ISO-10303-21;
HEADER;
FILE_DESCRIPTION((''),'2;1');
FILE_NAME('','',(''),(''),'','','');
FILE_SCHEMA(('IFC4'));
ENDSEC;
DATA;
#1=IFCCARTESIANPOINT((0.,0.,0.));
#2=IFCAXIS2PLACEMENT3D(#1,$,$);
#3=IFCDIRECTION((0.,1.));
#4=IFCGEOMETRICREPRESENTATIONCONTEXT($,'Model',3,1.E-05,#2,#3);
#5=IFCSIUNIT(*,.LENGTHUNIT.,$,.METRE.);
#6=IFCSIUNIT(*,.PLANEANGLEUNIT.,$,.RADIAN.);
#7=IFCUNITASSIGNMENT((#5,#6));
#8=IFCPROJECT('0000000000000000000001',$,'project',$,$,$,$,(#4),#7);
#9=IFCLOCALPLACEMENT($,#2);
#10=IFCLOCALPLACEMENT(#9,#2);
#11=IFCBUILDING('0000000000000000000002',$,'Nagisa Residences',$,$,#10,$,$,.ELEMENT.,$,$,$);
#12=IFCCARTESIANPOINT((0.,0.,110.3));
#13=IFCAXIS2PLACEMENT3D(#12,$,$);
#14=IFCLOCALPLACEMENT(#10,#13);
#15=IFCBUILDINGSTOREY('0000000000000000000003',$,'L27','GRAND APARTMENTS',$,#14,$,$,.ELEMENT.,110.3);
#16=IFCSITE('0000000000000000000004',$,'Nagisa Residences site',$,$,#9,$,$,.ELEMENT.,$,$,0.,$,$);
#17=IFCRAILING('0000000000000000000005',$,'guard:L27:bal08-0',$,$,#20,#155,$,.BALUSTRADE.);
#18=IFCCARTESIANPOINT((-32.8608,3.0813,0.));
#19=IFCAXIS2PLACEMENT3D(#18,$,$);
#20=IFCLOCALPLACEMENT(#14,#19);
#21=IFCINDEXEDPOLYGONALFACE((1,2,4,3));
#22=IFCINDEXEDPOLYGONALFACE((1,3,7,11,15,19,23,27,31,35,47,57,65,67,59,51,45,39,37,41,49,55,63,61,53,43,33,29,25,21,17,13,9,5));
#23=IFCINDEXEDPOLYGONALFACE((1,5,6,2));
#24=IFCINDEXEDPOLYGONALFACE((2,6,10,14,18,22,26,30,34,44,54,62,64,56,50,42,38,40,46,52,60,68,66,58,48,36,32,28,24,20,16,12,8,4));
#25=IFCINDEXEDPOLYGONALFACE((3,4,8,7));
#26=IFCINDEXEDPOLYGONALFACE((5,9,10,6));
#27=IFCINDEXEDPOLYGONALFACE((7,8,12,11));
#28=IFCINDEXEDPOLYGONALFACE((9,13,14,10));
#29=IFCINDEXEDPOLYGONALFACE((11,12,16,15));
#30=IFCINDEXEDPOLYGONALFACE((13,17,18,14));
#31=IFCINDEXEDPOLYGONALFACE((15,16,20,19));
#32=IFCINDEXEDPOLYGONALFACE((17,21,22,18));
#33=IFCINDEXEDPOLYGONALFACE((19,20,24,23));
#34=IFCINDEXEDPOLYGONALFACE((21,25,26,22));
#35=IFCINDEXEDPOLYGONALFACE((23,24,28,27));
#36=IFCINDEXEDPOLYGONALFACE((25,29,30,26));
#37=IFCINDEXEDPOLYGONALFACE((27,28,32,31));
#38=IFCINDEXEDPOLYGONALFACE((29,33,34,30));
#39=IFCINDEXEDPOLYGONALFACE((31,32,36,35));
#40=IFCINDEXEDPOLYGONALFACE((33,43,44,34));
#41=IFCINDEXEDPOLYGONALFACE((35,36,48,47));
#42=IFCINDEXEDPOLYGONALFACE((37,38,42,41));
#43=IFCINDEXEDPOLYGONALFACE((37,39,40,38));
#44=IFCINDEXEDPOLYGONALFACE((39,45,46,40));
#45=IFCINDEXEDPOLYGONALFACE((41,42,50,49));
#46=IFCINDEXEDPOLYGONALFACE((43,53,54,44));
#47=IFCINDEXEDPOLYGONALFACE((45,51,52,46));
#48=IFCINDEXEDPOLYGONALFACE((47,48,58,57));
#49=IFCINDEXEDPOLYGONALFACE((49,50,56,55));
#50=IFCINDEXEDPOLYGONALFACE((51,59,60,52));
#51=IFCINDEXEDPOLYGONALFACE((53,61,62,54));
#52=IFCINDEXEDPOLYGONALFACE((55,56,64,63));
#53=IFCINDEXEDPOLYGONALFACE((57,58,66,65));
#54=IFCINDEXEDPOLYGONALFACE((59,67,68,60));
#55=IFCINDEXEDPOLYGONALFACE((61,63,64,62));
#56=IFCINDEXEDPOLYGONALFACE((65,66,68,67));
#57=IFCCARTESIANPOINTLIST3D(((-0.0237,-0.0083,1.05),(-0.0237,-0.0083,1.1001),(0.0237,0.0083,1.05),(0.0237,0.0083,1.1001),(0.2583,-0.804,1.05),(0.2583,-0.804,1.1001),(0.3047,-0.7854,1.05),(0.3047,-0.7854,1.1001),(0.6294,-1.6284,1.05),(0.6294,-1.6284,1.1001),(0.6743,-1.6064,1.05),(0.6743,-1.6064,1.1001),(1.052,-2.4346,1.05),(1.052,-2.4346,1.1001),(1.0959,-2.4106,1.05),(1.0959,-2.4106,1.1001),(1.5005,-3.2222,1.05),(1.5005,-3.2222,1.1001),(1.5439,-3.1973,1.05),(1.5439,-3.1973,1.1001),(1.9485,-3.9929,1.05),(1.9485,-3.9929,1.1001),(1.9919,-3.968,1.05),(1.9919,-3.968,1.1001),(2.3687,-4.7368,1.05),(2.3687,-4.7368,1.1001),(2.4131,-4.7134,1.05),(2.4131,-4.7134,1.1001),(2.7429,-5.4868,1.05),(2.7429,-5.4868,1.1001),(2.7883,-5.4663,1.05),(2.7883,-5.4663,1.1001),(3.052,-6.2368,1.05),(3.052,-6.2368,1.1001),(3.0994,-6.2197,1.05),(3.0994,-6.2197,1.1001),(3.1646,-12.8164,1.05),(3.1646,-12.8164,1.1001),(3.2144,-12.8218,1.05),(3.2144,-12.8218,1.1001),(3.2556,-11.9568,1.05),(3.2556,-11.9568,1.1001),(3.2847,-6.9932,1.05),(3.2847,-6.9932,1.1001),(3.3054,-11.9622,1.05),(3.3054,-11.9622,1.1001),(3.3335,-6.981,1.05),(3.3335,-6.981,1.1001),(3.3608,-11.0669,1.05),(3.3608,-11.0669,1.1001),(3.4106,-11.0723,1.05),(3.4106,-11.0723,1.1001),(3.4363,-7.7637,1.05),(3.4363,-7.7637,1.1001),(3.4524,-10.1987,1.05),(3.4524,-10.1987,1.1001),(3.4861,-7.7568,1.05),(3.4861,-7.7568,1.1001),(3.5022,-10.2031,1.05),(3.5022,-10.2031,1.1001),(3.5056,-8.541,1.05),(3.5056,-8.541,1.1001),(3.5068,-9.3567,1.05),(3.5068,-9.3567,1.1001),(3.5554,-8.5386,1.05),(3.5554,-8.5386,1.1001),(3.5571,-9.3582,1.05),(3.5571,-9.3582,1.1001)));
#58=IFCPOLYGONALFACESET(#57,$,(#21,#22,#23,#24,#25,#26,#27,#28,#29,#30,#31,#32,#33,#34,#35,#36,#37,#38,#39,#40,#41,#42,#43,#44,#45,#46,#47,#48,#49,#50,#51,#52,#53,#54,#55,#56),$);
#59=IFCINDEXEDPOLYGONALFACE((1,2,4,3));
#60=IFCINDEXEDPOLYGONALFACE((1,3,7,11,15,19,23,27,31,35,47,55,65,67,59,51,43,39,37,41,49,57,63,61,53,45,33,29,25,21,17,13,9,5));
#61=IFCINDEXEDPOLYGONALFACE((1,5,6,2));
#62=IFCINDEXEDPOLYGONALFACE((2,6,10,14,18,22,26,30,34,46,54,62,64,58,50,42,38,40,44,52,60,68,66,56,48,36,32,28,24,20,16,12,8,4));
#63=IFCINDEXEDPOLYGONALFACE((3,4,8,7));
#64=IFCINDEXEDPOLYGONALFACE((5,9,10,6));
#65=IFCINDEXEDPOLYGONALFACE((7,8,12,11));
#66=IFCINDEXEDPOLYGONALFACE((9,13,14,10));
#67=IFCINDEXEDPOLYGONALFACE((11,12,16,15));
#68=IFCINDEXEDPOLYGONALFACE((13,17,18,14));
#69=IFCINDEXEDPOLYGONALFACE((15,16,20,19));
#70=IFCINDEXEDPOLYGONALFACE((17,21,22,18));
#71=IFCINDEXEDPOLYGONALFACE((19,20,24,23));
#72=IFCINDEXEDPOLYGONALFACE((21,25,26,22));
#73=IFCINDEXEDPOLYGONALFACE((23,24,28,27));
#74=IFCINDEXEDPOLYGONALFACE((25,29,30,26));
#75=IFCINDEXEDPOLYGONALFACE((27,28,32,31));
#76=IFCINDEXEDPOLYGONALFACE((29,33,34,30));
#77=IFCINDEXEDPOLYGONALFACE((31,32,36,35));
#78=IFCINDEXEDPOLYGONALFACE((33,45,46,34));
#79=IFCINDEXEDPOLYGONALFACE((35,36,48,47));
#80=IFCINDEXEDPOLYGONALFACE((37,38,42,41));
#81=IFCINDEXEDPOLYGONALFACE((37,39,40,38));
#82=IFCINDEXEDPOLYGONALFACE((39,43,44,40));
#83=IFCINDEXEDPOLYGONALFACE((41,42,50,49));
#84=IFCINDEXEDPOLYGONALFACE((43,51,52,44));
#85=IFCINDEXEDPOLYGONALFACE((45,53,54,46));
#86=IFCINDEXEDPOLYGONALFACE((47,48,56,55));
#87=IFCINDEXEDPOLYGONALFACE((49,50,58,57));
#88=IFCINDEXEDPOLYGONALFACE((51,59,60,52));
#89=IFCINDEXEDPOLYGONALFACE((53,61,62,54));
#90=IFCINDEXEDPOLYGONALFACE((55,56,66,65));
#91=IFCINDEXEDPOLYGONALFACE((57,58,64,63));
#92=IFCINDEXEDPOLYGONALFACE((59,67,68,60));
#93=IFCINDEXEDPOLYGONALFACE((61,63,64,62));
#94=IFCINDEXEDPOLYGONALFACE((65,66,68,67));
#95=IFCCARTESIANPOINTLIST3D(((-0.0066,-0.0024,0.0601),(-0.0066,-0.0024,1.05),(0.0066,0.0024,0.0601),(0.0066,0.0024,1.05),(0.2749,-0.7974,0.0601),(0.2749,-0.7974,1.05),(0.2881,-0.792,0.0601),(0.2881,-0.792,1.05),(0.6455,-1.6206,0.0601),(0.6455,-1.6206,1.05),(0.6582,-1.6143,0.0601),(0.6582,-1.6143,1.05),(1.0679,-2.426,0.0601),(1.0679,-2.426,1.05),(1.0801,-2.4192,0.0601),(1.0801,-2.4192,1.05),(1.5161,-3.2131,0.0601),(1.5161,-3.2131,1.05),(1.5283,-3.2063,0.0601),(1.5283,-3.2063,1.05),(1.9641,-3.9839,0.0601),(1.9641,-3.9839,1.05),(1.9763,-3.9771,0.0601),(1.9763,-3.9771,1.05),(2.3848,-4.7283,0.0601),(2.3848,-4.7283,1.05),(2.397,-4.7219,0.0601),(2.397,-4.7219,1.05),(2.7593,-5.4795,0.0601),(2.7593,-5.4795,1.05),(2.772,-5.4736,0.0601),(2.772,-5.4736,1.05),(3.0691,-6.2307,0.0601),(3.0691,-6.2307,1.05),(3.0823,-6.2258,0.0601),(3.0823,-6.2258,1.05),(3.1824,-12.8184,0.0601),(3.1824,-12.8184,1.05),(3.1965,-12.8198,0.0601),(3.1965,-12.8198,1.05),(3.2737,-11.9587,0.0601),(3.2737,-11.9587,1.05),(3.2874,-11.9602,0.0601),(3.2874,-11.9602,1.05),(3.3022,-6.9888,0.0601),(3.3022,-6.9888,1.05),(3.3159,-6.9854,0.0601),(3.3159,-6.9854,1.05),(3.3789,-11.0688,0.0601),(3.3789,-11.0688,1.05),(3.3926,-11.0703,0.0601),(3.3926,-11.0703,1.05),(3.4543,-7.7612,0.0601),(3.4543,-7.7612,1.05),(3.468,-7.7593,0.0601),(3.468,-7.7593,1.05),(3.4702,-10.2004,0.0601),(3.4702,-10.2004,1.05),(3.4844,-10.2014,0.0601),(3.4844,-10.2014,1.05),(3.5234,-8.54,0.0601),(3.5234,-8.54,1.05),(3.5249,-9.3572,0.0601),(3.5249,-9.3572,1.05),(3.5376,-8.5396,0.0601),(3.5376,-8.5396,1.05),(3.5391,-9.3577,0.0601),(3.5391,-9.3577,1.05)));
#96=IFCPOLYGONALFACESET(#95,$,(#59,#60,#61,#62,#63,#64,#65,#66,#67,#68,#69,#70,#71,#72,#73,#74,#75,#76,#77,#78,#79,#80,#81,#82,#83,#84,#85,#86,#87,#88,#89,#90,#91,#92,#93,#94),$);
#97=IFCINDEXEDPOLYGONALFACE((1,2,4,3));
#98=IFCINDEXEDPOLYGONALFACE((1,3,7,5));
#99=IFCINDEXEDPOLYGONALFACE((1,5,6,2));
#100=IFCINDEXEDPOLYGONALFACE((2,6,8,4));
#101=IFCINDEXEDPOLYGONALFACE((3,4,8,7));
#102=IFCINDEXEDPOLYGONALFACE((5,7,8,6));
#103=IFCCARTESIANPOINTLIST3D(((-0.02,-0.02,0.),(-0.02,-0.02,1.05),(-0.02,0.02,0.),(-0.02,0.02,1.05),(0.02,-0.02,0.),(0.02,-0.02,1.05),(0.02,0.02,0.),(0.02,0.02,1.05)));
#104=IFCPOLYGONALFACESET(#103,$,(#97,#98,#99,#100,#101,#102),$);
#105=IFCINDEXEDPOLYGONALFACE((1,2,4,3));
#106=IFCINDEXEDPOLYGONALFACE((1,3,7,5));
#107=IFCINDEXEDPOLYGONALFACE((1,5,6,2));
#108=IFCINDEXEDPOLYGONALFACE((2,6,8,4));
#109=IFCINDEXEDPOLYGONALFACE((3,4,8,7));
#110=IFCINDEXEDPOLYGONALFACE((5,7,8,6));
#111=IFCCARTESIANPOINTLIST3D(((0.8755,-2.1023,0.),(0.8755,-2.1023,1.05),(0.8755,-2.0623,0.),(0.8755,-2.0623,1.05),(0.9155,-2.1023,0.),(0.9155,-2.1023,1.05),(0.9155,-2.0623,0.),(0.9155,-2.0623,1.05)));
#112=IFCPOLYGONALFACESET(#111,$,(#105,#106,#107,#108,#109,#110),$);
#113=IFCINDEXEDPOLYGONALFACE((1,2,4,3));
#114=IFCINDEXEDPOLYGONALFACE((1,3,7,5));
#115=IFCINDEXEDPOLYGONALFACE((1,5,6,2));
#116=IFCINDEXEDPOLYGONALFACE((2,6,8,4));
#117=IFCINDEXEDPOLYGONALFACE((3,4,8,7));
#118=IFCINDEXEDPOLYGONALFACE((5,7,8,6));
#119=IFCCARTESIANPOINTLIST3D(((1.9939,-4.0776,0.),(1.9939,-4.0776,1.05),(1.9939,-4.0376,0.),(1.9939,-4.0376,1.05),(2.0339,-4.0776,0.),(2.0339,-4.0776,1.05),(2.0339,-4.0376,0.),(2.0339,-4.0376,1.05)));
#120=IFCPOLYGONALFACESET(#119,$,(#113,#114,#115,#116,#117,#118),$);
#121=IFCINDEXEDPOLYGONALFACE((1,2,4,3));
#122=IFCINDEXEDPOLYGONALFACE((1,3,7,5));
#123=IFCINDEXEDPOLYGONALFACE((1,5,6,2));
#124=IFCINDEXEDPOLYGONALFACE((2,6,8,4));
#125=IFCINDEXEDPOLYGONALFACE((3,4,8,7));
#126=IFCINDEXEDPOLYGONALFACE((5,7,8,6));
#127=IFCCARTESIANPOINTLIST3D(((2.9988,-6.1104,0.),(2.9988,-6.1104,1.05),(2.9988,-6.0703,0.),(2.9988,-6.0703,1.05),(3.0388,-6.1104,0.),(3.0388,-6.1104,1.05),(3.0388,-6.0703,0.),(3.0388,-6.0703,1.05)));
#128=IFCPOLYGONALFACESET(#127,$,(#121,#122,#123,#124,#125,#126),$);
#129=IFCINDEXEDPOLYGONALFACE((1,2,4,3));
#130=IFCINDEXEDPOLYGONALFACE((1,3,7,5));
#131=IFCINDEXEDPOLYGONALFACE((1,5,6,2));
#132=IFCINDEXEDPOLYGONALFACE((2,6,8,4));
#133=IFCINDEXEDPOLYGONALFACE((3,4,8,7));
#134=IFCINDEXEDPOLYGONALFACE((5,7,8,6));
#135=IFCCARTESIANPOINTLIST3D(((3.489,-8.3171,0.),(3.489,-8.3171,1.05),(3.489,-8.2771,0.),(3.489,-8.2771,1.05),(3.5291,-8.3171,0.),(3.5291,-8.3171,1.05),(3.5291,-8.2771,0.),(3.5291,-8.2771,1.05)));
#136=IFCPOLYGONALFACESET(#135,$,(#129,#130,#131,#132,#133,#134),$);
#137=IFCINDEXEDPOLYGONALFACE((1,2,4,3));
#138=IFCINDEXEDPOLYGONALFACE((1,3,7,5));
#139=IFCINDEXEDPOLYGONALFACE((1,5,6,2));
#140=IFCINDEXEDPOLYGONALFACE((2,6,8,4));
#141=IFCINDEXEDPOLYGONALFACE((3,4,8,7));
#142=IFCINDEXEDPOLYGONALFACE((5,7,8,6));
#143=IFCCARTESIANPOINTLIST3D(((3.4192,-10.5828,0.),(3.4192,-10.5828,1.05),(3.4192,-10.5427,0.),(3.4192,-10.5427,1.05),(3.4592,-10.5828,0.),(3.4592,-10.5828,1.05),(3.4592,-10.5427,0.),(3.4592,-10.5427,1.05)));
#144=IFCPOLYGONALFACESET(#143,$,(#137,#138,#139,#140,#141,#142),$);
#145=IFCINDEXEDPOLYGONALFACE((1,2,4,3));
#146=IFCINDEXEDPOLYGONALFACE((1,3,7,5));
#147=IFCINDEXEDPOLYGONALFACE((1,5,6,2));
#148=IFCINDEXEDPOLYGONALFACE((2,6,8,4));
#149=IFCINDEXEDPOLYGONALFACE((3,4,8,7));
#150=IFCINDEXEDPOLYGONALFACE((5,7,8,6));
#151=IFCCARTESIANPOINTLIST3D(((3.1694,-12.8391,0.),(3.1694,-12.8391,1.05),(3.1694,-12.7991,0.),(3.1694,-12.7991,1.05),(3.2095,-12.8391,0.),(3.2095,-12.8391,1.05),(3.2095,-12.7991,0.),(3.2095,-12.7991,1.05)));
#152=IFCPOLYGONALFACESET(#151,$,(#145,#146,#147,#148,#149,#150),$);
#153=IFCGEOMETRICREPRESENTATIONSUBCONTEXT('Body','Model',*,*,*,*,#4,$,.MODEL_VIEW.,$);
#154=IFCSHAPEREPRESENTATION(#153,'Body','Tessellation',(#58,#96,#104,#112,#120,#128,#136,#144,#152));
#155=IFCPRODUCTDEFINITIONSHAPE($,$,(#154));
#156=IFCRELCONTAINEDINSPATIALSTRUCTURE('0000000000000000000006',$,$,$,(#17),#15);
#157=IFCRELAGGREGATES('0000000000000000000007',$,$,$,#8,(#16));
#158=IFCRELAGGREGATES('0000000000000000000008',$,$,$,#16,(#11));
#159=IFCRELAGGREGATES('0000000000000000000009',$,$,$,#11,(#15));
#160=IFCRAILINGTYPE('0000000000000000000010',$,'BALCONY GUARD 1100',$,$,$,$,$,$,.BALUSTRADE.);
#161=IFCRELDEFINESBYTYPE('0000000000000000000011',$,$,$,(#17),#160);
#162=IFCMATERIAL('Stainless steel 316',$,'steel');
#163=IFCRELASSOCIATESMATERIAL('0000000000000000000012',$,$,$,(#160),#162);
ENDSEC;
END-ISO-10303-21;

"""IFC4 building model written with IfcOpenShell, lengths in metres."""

from ifc_helpers import new_model, si_unit, direction, frame, origin, origin_2d, place, context, subcontext, project, spatial, polyline, rectangle, outline, extrude, material, type_object, element, save


model = new_model("IFC4")

# Units and contexts
model_context = context("Model", 3, precision=1e-05, world=origin(), true_north=direction((0.0, 1.0)))
body_context = subcontext(model_context, "Body", "Model", "MODEL_VIEW")
ifc_project = project(units=[si_unit("LENGTHUNIT", "METRE"), si_unit("PLANEANGLEUNIT", "RADIAN")], contexts=[model_context])

# Site, building, storey
site_placement = place(None, origin())
site = spatial("IfcSite", under=ifc_project, at=site_placement, Name="Nagisa Residences site", CompositionType="ELEMENT", RefElevation=0.0)
building_placement = place(site_placement, origin())
building = spatial("IfcBuilding", under=site, at=building_placement, Name="Nagisa Residences", CompositionType="ELEMENT")
storey_placement = place(building_placement, frame((0.0, 0.0, 110.3)))
storey = spatial("IfcBuildingStorey", under=building, at=storey_placement, Name="L27", Description="GRAND APARTMENTS", CompositionType="ELEMENT", Elevation=110.3)

# Railing
ifc_material_1 = material(Name="Stainless steel 316", Category="steel")
railing_type = type_object("IfcRailingType", Name="BALCONY GUARD 1100", PredefinedType="BALUSTRADE", material=ifc_material_1)
railing_1_placement = place(storey_placement, frame((-32.8608, 3.0813, 0.0)))
element("IfcRailing", 1, at=railing_1_placement, inside=storey, type_object=railing_type, Name="guard:L27:bal08-0", PredefinedType="BALUSTRADE", context=body_context, shape_type="SweptSolid", body=[
    extrude(outline(polyline([(0.3047, -0.7854), (0.0237, 0.0083), (-0.0237, -0.0083), (0.2583, -0.804), (0.6294, -1.6284), (1.052, -2.4346), (1.5005, -3.2222), (1.9485, -3.9929), (2.3687, -4.7368), (2.7429, -5.4868), (3.052, -6.2368), (3.2847, -6.9932), (3.4363, -7.7637), (3.5056, -8.541), (3.5068, -9.3567), (3.4524, -10.1987), (3.3608, -11.0669), (3.2556, -11.9568), (3.1646, -12.8164), (3.2144, -12.8218), (3.3054, -11.9622), (3.4106, -11.0723), (3.5022, -10.2031), (3.5571, -9.3582), (3.5554, -8.5386), (3.4861, -7.7568), (3.3335, -6.981), (3.0994, -6.2197), (2.7883, -5.4663), (2.4131, -4.7134), (1.9919, -3.968), (1.5439, -3.1973), (1.0959, -2.4106), (0.6743, -1.6064), (0.3047, -0.7854)])), frame((0.0, 0.0, 1.05)), (0.0, 0.0, 1.0), 0.05),
    extrude(outline(polyline([(0.2881, -0.792), (0.0066, 0.0024), (-0.0066, -0.0024), (0.2749, -0.7974), (0.6455, -1.6206), (1.0679, -2.426), (1.5161, -3.2131), (1.9641, -3.9839), (2.3848, -4.7283), (2.7593, -5.4795), (3.0691, -6.2307), (3.3022, -6.9888), (3.4543, -7.7612), (3.5234, -8.54), (3.5249, -9.3572), (3.4702, -10.2004), (3.3789, -11.0688), (3.2737, -11.9587), (3.1824, -12.8184), (3.1965, -12.8198), (3.2874, -11.9602), (3.3926, -11.0703), (3.4844, -10.2014), (3.5391, -9.3577), (3.5376, -8.5396), (3.468, -7.7593), (3.3159, -6.9854), (3.0823, -6.2258), (2.772, -5.4736), (2.397, -4.7219), (1.9763, -3.9771), (1.5283, -3.2063), (1.0801, -2.4192), (0.6582, -1.6143), (0.2881, -0.792)])), frame((0.0, 0.0, 0.0601)), (0.0, 0.0, 1.0), 0.99),
    extrude(rectangle(XDim=0.04, YDim=0.04, at=origin_2d()), origin(), (0.0, 0.0, 1.0), 1.05),
    extrude(rectangle(XDim=0.04, YDim=0.04, at=origin_2d()), frame((0.8955, -2.0823, 0.0)), (0.0, 0.0, 1.0), 1.05),
    extrude(rectangle(XDim=0.04, YDim=0.04, at=origin_2d()), frame((2.0139, -4.0576, 0.0)), (0.0, 0.0, 1.0), 1.05),
    extrude(rectangle(XDim=0.04, YDim=0.04, at=origin_2d()), frame((3.0188, -6.0903, 0.0)), (0.0, 0.0, 1.0), 1.05),
    extrude(rectangle(XDim=0.04, YDim=0.04, at=origin_2d()), frame((3.509, -8.2971, 0.0)), (0.0, 0.0, 1.0), 1.05),
    extrude(rectangle(XDim=0.04, YDim=0.04, at=origin_2d()), frame((3.4392, -10.5627, 0.0)), (0.0, 0.0, 1.0), 1.05),
    extrude(rectangle(XDim=0.04, YDim=0.04, at=origin_2d()), frame((3.1895, -12.8191, 0.0)), (0.0, 0.0, 1.0), 1.05),
])

save(model, "model.ifc")
